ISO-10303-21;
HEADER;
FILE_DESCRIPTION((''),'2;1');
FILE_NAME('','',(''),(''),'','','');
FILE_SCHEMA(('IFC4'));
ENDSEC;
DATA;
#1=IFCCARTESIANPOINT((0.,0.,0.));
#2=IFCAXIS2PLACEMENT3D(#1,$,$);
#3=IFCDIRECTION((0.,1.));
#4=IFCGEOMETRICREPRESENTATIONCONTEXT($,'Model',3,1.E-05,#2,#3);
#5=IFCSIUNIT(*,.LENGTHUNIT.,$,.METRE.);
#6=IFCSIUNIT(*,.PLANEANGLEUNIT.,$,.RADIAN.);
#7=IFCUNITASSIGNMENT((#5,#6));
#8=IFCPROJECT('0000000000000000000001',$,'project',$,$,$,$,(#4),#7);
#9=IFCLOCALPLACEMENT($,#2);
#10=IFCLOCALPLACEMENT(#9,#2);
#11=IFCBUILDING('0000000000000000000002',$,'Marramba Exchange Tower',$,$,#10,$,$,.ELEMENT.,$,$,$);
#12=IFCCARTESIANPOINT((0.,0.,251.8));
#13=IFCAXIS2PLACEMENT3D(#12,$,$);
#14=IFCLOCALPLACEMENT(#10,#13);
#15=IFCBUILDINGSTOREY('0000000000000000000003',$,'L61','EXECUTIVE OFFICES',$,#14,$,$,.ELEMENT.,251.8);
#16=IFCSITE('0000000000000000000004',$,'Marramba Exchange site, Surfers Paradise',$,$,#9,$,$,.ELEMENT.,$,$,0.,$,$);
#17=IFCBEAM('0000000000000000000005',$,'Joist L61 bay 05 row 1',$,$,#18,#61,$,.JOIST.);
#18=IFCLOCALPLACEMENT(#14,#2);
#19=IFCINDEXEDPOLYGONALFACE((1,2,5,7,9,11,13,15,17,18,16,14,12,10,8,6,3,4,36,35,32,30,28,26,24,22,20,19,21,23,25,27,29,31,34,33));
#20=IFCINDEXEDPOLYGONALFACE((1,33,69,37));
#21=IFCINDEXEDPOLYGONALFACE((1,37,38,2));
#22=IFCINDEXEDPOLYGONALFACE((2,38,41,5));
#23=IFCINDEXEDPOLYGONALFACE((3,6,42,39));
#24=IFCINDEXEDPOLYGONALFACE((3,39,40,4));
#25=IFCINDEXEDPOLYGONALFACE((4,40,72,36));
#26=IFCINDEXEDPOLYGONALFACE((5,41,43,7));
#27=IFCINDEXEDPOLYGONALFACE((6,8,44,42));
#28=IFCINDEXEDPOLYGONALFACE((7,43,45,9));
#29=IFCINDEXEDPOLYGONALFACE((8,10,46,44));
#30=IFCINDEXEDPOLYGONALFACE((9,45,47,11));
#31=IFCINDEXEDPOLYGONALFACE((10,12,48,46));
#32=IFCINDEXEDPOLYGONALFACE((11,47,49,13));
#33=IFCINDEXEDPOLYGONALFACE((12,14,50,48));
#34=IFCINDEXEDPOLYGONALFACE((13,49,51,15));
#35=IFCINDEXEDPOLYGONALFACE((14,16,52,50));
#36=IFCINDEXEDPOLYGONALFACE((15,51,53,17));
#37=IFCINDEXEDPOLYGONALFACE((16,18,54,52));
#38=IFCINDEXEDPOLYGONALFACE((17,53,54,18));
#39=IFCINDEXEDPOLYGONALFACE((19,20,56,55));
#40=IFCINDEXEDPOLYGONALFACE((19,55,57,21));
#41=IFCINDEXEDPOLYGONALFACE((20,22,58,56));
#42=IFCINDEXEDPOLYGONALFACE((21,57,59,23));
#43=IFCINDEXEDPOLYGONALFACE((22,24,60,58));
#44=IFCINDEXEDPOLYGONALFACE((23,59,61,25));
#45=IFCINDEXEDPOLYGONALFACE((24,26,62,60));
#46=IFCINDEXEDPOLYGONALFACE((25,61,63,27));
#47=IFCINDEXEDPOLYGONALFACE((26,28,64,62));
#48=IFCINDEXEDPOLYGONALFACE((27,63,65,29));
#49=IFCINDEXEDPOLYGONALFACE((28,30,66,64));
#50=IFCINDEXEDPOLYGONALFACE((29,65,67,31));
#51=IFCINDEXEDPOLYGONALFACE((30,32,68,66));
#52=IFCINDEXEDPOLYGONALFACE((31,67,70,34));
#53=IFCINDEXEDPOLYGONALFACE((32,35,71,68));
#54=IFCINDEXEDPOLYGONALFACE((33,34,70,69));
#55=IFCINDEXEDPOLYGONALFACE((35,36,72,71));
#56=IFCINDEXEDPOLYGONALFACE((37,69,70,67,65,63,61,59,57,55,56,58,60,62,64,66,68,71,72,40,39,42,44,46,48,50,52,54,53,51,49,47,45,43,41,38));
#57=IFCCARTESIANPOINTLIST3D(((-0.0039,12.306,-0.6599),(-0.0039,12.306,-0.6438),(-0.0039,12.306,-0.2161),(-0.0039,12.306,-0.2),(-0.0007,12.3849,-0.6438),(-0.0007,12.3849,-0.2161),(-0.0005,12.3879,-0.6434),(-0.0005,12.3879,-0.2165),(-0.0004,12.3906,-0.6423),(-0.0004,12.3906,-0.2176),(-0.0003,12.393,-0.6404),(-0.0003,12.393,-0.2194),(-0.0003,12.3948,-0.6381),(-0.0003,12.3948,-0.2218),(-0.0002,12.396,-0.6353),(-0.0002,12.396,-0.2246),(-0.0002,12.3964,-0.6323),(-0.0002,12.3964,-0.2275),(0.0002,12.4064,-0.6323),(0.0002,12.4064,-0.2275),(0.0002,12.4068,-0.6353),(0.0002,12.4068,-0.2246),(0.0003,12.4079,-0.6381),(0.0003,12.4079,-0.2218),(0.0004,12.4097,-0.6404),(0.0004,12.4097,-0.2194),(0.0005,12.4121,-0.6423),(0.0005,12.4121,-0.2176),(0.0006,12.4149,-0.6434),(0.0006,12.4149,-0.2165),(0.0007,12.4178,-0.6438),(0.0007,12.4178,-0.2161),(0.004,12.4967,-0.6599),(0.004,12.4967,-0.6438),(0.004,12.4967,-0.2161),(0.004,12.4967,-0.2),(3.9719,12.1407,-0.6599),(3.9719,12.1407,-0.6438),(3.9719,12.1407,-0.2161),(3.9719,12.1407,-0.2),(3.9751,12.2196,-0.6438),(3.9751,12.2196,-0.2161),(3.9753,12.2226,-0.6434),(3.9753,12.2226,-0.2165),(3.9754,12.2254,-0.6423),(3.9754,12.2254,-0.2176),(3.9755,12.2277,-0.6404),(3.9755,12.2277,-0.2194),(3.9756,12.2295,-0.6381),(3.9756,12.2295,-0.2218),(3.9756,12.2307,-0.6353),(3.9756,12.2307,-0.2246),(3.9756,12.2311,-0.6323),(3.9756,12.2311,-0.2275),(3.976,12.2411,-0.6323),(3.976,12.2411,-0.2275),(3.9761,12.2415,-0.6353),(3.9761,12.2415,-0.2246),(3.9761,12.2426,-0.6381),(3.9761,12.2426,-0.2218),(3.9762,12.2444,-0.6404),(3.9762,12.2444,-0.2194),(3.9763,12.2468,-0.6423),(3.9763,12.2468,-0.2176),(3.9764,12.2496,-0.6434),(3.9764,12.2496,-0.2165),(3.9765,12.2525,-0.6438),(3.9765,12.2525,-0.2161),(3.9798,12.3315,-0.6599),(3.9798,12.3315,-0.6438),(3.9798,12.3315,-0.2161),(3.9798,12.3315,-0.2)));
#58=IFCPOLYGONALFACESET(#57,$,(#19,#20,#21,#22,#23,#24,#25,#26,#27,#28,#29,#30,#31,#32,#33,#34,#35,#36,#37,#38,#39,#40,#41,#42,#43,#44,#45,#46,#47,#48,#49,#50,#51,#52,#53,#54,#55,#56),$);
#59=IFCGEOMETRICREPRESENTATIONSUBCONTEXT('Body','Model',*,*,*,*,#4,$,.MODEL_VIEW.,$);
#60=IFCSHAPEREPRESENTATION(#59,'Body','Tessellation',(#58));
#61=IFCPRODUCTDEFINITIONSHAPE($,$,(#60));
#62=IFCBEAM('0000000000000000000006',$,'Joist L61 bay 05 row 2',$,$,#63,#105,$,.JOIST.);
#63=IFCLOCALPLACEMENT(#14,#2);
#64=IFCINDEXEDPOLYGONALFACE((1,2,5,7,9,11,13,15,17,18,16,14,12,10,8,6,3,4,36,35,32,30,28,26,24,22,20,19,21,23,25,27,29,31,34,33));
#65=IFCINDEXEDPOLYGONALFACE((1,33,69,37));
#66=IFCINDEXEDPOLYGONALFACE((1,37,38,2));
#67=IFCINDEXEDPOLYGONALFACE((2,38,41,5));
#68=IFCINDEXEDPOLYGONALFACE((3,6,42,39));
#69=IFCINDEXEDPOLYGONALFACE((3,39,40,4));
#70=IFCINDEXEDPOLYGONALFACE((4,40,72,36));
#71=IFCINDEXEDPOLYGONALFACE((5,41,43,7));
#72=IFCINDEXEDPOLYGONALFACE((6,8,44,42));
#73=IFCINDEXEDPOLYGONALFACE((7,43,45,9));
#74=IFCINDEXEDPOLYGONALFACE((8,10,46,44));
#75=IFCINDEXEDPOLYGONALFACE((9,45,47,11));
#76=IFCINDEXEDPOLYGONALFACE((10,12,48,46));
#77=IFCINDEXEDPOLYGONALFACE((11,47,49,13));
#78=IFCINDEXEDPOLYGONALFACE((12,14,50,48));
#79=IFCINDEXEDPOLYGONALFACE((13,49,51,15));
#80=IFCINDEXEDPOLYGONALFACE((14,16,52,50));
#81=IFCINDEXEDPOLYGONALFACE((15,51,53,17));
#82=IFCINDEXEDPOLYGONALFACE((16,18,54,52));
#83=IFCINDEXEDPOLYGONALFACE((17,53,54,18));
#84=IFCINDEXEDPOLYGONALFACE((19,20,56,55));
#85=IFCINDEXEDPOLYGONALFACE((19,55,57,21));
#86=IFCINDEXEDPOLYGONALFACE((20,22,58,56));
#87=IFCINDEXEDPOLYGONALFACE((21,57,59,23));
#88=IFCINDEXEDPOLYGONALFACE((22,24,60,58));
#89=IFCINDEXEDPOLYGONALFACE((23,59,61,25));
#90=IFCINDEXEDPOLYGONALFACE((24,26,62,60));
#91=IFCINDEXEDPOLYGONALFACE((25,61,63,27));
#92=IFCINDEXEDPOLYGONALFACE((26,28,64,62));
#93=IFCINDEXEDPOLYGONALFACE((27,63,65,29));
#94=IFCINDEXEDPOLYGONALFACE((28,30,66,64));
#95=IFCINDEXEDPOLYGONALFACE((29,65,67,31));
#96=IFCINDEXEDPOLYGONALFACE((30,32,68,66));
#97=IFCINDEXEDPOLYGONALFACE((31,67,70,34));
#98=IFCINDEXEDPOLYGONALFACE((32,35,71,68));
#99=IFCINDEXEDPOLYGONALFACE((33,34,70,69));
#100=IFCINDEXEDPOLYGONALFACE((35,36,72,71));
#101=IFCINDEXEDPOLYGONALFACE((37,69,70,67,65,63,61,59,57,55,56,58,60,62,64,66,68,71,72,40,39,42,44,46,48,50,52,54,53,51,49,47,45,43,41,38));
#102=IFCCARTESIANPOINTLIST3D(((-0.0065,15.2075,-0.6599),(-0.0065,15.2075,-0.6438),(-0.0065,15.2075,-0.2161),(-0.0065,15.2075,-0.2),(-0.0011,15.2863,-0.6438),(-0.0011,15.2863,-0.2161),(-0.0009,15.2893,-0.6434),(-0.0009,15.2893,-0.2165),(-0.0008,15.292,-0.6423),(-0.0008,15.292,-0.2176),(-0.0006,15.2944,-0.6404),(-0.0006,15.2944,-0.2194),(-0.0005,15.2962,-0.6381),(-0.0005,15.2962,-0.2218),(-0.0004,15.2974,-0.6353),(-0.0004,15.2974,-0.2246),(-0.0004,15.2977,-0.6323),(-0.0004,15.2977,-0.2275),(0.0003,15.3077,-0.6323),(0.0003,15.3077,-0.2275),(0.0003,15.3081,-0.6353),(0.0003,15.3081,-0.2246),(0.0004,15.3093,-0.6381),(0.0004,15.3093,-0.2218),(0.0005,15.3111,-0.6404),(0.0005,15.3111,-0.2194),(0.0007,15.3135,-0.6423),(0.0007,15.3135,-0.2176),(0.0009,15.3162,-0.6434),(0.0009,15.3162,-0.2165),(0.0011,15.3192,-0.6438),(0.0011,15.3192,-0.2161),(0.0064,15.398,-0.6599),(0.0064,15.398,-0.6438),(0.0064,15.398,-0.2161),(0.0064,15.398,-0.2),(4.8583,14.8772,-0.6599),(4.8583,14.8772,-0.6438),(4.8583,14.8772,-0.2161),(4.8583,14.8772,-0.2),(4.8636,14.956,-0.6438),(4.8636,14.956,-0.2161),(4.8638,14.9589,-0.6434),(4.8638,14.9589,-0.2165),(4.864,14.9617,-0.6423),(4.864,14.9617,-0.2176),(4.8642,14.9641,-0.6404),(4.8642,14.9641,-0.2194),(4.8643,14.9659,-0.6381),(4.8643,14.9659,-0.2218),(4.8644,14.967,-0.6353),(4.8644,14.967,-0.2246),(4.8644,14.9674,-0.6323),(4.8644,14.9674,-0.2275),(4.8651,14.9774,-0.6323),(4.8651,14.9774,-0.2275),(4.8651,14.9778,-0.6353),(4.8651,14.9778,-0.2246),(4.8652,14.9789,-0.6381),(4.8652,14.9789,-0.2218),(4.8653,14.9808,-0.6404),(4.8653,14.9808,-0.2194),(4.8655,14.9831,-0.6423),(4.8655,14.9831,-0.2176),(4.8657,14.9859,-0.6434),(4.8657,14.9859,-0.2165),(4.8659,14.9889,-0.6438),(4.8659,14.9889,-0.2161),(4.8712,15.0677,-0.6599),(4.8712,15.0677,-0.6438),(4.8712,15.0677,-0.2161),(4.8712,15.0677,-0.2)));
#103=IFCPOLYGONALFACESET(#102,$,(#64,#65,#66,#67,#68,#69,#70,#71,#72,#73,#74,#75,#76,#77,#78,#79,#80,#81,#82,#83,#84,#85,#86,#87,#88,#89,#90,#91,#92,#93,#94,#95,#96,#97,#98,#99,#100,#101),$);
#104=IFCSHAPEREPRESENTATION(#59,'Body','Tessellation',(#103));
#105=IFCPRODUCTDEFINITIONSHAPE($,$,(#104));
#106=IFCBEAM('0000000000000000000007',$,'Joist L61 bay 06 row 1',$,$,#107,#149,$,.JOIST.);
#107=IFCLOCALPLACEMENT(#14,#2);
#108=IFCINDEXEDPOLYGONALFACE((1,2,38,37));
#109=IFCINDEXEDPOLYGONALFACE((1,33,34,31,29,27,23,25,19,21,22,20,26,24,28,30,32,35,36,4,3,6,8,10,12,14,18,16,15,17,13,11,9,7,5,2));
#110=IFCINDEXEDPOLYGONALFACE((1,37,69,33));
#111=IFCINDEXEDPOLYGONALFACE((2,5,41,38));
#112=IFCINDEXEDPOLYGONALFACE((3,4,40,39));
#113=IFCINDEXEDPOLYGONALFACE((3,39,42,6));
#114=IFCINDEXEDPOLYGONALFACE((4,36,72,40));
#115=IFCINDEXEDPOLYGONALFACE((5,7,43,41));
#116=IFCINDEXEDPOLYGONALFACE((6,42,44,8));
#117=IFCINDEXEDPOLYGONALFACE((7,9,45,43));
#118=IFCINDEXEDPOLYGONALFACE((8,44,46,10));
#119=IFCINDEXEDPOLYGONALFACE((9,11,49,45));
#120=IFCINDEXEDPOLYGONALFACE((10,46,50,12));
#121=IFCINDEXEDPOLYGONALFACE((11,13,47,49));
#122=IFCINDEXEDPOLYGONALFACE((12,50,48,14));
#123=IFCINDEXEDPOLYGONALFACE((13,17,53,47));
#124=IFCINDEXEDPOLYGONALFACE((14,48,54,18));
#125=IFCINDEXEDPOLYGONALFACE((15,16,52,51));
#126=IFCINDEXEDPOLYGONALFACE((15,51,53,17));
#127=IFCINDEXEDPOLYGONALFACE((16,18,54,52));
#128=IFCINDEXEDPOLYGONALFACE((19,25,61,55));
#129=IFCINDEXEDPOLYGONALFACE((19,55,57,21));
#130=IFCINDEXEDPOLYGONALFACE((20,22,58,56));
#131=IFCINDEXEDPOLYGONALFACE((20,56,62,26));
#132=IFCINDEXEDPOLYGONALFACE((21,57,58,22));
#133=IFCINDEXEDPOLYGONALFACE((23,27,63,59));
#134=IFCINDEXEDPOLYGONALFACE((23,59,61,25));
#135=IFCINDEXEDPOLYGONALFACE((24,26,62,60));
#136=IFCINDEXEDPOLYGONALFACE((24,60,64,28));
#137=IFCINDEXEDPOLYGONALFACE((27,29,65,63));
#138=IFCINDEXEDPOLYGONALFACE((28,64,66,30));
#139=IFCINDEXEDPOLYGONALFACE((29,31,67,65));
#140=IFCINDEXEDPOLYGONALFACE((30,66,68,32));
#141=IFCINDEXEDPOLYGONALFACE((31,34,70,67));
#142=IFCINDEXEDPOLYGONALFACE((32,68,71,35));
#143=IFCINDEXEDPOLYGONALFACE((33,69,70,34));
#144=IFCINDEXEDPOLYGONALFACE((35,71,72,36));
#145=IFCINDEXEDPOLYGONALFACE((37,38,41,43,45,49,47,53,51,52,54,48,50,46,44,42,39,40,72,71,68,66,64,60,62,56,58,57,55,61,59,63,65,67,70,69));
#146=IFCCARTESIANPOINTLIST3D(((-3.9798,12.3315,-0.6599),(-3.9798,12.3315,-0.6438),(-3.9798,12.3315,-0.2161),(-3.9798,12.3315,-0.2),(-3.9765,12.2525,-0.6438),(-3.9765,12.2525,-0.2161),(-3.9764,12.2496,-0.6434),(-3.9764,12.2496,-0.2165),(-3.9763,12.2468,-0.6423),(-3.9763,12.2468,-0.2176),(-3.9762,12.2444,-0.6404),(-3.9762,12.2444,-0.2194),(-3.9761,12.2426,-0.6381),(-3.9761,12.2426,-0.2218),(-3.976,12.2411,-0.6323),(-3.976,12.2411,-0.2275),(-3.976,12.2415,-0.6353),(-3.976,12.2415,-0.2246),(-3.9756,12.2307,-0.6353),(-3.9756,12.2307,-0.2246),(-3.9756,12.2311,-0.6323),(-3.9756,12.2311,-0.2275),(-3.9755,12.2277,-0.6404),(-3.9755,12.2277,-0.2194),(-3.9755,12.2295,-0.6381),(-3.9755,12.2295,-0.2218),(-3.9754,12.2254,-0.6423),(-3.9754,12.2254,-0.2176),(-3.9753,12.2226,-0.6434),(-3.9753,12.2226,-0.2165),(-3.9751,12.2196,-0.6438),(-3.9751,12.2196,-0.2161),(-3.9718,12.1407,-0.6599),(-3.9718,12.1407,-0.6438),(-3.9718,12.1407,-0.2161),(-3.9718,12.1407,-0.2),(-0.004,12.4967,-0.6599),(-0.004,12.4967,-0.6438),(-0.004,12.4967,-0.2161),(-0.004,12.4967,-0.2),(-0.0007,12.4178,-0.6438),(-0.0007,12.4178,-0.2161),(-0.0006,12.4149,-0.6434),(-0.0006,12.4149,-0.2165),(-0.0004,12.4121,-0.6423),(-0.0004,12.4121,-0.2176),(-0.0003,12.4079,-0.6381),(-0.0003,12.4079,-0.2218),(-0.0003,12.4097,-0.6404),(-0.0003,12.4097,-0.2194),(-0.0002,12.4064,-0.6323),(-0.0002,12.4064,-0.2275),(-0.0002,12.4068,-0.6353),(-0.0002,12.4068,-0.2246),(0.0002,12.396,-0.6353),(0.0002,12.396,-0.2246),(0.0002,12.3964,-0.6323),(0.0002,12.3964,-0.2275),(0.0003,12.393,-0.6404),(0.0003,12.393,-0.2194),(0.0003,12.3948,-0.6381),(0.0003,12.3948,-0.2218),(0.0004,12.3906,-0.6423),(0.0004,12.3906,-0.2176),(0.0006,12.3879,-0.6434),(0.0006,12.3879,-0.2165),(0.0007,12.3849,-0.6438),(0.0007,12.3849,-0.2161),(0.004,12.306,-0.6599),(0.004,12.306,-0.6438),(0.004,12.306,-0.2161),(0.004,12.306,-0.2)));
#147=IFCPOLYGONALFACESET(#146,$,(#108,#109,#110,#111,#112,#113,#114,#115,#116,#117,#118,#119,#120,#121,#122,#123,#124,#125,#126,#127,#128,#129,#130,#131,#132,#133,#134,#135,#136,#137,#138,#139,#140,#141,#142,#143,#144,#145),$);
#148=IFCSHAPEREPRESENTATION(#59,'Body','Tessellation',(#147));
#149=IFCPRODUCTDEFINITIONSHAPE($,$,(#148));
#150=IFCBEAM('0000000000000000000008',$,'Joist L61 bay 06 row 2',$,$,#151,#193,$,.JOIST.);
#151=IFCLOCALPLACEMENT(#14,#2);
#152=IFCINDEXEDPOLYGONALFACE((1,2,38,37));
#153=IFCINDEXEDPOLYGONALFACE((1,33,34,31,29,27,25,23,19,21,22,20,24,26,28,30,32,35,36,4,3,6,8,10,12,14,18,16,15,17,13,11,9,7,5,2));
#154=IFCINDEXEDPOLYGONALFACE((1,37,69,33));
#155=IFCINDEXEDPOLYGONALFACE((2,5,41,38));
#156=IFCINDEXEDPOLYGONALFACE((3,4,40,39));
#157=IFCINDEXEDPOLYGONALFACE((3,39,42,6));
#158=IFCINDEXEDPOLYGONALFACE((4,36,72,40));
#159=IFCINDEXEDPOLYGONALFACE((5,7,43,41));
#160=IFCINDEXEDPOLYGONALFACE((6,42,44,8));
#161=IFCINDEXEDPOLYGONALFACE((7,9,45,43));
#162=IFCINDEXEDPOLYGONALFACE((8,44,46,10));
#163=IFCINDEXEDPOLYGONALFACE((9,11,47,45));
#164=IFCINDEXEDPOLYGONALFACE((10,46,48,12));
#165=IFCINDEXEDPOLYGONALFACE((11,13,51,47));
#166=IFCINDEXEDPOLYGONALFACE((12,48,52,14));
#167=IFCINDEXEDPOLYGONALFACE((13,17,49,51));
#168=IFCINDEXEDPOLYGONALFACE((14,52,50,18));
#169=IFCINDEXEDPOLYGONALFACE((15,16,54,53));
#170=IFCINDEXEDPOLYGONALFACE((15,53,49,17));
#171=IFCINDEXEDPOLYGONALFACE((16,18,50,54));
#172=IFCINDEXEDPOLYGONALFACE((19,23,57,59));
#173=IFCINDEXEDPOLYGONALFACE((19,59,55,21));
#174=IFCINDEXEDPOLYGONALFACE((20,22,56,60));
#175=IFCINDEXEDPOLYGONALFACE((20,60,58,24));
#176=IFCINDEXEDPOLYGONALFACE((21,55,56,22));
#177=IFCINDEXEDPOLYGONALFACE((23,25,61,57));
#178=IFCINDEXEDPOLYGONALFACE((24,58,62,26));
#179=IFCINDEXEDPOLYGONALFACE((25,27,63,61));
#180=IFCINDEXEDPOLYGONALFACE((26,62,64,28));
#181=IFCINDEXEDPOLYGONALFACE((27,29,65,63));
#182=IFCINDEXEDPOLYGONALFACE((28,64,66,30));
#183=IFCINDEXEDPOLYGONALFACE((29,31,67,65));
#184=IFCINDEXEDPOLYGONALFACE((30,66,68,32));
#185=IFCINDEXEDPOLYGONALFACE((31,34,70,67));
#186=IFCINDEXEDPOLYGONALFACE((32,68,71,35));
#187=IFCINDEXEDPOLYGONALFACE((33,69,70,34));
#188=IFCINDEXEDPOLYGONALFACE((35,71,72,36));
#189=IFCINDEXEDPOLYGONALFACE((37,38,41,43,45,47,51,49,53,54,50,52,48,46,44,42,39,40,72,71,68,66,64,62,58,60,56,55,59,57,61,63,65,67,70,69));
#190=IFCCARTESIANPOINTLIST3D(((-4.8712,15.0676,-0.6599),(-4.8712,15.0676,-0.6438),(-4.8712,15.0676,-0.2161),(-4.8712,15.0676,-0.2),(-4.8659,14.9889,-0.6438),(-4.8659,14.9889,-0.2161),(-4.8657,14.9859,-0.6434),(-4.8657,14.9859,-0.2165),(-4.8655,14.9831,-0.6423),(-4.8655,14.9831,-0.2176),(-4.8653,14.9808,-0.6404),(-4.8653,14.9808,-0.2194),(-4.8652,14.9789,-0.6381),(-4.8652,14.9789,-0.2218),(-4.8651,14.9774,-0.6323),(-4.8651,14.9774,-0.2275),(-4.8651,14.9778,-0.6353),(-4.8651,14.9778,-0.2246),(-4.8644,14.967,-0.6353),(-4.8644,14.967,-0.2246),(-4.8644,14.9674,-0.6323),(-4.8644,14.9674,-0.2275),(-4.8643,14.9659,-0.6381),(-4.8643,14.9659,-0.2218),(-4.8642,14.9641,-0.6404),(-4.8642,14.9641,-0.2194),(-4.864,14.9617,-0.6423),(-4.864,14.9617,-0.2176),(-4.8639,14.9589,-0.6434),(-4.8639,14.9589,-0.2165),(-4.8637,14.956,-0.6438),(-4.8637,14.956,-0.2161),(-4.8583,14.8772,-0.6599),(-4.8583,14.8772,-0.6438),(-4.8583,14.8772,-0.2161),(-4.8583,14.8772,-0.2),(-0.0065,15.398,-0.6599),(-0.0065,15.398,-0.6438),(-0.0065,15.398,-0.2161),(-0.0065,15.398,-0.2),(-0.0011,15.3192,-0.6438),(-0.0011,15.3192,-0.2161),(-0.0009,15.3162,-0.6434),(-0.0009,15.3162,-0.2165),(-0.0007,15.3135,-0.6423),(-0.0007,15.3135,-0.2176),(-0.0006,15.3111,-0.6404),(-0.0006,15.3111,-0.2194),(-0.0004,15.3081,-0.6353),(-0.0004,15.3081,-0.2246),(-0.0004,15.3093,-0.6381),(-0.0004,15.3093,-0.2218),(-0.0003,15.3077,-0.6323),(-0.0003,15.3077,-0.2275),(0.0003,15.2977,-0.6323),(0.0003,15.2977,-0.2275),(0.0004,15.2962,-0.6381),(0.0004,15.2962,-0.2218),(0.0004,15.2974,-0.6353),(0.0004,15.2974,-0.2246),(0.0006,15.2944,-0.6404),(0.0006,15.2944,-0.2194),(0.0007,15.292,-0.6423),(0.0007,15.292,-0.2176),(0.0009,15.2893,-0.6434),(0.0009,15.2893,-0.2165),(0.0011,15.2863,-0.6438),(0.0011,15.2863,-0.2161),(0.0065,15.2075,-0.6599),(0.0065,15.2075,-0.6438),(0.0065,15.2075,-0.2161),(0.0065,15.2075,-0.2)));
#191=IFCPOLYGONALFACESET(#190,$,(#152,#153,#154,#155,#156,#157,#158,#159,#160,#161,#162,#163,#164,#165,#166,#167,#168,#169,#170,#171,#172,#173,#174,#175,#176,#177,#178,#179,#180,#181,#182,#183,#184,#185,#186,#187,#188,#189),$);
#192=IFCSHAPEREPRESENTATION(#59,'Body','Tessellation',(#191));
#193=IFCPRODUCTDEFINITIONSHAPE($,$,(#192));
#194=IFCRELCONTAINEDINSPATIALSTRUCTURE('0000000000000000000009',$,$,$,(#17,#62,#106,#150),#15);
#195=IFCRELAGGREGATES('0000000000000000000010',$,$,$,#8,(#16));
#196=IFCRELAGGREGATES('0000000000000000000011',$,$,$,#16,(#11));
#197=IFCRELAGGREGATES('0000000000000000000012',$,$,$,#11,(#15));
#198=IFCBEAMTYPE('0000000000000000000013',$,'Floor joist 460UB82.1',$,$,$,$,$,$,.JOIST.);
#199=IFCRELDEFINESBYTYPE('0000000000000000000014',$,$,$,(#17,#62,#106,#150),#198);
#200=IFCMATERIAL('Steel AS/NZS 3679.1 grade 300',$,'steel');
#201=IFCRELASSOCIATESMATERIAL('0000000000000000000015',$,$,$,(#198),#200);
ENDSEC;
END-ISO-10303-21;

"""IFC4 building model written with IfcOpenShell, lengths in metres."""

from ifc_helpers import new_model, si_unit, direction, frame, origin, origin_2d, place, context, subcontext, project, spatial, i_section, extrude, material, material_profile, profile_set, type_object, element, save


model = new_model("IFC4")

# Units and contexts
model_context = context("Model", 3, precision=1e-05, world=origin(), true_north=direction((0.0, 1.0)))
body_context = subcontext(model_context, "Body", "Model", "MODEL_VIEW")
ifc_project = project(units=[si_unit("LENGTHUNIT", "METRE"), si_unit("PLANEANGLEUNIT", "RADIAN")], contexts=[model_context])

# Site, building, storey
site_placement = place(None, origin())
site = spatial("IfcSite", under=ifc_project, at=site_placement, Name="Marramba Exchange site, Surfers Paradise", CompositionType="ELEMENT", RefElevation=0.0)
building_placement = place(site_placement, origin())
building = spatial("IfcBuilding", under=site, at=building_placement, Name="Marramba Exchange Tower", CompositionType="ELEMENT")
storey_placement = place(building_placement, frame((0.0, 0.0, 251.8)))
storey = spatial("IfcBuildingStorey", under=building, at=storey_placement, Name="L61", Description="EXECUTIVE OFFICES", CompositionType="ELEMENT", Elevation=251.8)

# Beams
ifc_material_1 = material(Name="Steel AS/NZS 3679.1 grade 300", Category="steel")
ifc_material_profile_1 = material_profile(ifc_material_1, i_section(OverallWidth=0.1909, OverallDepth=0.46, WebThickness=0.01, FlangeThickness=0.0161, FilletRadius=0.0115, at=origin_2d()), Name="460UB82.1")
ifc_profile_set_1 = profile_set([ifc_material_profile_1], Name="Steel AS/NZS 3679.1 grade 300")
beam_type_1 = type_object("IfcBeamType", Name="Floor joist 460UB82.1", PredefinedType="JOIST", material=ifc_profile_set_1)
beam_1_placement = place(storey_placement, frame((3.9758, 12.2361, -0.4299), z_axis=(-0.999137, 0.041536, 0.0), x_axis=(-0.041536, -0.999137, 0.0)))
element("IfcBeam", 1, at=beam_1_placement, inside=storey, type_object=beam_type_1, Name="Joist L61 bay 05 row 1", PredefinedType="JOIST", context=body_context, shape_type="SweptSolid", body=[
    extrude(i_section(OverallWidth=0.1909, OverallDepth=0.46, WebThickness=0.01, FlangeThickness=0.0161, FilletRadius=0.0115, at=origin_2d()), origin(), (0.0, 0.0, 1.0), 3.9792),
])
beam_2_placement = place(storey_placement, frame((4.8647, 14.9724, -0.4299), z_axis=(-0.997703, 0.067745, 0.0), x_axis=(-0.067745, -0.997703, 0.0)))
element("IfcBeam", 2, at=beam_2_placement, inside=storey, type_object=beam_type_1, Name="Joist L61 bay 05 row 2", PredefinedType="JOIST", context=body_context, shape_type="SweptSolid", body=[
    extrude(i_section(OverallWidth=0.1909, OverallDepth=0.46, WebThickness=0.01, FlangeThickness=0.0161, FilletRadius=0.0115, at=origin_2d()), origin(), (0.0, 0.0, 1.0), 4.876),
])
beam_3_placement = place(storey_placement, frame((0.0, 12.4014, -0.4299), z_axis=(-0.999137, -0.041536, 0.0), x_axis=(0.041536, -0.999137, 0.0)))
element("IfcBeam", 3, at=beam_3_placement, inside=storey, type_object=beam_type_1, Name="Joist L61 bay 06 row 1", PredefinedType="JOIST", context=body_context, shape_type="SweptSolid", body=[
    extrude(i_section(OverallWidth=0.1909, OverallDepth=0.46, WebThickness=0.01, FlangeThickness=0.0161, FilletRadius=0.0115, at=origin_2d()), origin(), (0.0, 0.0, 1.0), 3.9792),
])
beam_4_placement = place(storey_placement, frame((0.0, 15.3027, -0.4299), z_axis=(-0.997703, -0.067745, 0.0), x_axis=(0.067745, -0.997703, 0.0)))
element("IfcBeam", 4, at=beam_4_placement, inside=storey, type_object=beam_type_1, Name="Joist L61 bay 06 row 2", PredefinedType="JOIST", context=body_context, shape_type="SweptSolid", body=[
    extrude(i_section(OverallWidth=0.1909, OverallDepth=0.46, WebThickness=0.01, FlangeThickness=0.0161, FilletRadius=0.0115, at=origin_2d()), origin(), (0.0, 0.0, 1.0), 4.876),
])

save(model, "model.ifc")
